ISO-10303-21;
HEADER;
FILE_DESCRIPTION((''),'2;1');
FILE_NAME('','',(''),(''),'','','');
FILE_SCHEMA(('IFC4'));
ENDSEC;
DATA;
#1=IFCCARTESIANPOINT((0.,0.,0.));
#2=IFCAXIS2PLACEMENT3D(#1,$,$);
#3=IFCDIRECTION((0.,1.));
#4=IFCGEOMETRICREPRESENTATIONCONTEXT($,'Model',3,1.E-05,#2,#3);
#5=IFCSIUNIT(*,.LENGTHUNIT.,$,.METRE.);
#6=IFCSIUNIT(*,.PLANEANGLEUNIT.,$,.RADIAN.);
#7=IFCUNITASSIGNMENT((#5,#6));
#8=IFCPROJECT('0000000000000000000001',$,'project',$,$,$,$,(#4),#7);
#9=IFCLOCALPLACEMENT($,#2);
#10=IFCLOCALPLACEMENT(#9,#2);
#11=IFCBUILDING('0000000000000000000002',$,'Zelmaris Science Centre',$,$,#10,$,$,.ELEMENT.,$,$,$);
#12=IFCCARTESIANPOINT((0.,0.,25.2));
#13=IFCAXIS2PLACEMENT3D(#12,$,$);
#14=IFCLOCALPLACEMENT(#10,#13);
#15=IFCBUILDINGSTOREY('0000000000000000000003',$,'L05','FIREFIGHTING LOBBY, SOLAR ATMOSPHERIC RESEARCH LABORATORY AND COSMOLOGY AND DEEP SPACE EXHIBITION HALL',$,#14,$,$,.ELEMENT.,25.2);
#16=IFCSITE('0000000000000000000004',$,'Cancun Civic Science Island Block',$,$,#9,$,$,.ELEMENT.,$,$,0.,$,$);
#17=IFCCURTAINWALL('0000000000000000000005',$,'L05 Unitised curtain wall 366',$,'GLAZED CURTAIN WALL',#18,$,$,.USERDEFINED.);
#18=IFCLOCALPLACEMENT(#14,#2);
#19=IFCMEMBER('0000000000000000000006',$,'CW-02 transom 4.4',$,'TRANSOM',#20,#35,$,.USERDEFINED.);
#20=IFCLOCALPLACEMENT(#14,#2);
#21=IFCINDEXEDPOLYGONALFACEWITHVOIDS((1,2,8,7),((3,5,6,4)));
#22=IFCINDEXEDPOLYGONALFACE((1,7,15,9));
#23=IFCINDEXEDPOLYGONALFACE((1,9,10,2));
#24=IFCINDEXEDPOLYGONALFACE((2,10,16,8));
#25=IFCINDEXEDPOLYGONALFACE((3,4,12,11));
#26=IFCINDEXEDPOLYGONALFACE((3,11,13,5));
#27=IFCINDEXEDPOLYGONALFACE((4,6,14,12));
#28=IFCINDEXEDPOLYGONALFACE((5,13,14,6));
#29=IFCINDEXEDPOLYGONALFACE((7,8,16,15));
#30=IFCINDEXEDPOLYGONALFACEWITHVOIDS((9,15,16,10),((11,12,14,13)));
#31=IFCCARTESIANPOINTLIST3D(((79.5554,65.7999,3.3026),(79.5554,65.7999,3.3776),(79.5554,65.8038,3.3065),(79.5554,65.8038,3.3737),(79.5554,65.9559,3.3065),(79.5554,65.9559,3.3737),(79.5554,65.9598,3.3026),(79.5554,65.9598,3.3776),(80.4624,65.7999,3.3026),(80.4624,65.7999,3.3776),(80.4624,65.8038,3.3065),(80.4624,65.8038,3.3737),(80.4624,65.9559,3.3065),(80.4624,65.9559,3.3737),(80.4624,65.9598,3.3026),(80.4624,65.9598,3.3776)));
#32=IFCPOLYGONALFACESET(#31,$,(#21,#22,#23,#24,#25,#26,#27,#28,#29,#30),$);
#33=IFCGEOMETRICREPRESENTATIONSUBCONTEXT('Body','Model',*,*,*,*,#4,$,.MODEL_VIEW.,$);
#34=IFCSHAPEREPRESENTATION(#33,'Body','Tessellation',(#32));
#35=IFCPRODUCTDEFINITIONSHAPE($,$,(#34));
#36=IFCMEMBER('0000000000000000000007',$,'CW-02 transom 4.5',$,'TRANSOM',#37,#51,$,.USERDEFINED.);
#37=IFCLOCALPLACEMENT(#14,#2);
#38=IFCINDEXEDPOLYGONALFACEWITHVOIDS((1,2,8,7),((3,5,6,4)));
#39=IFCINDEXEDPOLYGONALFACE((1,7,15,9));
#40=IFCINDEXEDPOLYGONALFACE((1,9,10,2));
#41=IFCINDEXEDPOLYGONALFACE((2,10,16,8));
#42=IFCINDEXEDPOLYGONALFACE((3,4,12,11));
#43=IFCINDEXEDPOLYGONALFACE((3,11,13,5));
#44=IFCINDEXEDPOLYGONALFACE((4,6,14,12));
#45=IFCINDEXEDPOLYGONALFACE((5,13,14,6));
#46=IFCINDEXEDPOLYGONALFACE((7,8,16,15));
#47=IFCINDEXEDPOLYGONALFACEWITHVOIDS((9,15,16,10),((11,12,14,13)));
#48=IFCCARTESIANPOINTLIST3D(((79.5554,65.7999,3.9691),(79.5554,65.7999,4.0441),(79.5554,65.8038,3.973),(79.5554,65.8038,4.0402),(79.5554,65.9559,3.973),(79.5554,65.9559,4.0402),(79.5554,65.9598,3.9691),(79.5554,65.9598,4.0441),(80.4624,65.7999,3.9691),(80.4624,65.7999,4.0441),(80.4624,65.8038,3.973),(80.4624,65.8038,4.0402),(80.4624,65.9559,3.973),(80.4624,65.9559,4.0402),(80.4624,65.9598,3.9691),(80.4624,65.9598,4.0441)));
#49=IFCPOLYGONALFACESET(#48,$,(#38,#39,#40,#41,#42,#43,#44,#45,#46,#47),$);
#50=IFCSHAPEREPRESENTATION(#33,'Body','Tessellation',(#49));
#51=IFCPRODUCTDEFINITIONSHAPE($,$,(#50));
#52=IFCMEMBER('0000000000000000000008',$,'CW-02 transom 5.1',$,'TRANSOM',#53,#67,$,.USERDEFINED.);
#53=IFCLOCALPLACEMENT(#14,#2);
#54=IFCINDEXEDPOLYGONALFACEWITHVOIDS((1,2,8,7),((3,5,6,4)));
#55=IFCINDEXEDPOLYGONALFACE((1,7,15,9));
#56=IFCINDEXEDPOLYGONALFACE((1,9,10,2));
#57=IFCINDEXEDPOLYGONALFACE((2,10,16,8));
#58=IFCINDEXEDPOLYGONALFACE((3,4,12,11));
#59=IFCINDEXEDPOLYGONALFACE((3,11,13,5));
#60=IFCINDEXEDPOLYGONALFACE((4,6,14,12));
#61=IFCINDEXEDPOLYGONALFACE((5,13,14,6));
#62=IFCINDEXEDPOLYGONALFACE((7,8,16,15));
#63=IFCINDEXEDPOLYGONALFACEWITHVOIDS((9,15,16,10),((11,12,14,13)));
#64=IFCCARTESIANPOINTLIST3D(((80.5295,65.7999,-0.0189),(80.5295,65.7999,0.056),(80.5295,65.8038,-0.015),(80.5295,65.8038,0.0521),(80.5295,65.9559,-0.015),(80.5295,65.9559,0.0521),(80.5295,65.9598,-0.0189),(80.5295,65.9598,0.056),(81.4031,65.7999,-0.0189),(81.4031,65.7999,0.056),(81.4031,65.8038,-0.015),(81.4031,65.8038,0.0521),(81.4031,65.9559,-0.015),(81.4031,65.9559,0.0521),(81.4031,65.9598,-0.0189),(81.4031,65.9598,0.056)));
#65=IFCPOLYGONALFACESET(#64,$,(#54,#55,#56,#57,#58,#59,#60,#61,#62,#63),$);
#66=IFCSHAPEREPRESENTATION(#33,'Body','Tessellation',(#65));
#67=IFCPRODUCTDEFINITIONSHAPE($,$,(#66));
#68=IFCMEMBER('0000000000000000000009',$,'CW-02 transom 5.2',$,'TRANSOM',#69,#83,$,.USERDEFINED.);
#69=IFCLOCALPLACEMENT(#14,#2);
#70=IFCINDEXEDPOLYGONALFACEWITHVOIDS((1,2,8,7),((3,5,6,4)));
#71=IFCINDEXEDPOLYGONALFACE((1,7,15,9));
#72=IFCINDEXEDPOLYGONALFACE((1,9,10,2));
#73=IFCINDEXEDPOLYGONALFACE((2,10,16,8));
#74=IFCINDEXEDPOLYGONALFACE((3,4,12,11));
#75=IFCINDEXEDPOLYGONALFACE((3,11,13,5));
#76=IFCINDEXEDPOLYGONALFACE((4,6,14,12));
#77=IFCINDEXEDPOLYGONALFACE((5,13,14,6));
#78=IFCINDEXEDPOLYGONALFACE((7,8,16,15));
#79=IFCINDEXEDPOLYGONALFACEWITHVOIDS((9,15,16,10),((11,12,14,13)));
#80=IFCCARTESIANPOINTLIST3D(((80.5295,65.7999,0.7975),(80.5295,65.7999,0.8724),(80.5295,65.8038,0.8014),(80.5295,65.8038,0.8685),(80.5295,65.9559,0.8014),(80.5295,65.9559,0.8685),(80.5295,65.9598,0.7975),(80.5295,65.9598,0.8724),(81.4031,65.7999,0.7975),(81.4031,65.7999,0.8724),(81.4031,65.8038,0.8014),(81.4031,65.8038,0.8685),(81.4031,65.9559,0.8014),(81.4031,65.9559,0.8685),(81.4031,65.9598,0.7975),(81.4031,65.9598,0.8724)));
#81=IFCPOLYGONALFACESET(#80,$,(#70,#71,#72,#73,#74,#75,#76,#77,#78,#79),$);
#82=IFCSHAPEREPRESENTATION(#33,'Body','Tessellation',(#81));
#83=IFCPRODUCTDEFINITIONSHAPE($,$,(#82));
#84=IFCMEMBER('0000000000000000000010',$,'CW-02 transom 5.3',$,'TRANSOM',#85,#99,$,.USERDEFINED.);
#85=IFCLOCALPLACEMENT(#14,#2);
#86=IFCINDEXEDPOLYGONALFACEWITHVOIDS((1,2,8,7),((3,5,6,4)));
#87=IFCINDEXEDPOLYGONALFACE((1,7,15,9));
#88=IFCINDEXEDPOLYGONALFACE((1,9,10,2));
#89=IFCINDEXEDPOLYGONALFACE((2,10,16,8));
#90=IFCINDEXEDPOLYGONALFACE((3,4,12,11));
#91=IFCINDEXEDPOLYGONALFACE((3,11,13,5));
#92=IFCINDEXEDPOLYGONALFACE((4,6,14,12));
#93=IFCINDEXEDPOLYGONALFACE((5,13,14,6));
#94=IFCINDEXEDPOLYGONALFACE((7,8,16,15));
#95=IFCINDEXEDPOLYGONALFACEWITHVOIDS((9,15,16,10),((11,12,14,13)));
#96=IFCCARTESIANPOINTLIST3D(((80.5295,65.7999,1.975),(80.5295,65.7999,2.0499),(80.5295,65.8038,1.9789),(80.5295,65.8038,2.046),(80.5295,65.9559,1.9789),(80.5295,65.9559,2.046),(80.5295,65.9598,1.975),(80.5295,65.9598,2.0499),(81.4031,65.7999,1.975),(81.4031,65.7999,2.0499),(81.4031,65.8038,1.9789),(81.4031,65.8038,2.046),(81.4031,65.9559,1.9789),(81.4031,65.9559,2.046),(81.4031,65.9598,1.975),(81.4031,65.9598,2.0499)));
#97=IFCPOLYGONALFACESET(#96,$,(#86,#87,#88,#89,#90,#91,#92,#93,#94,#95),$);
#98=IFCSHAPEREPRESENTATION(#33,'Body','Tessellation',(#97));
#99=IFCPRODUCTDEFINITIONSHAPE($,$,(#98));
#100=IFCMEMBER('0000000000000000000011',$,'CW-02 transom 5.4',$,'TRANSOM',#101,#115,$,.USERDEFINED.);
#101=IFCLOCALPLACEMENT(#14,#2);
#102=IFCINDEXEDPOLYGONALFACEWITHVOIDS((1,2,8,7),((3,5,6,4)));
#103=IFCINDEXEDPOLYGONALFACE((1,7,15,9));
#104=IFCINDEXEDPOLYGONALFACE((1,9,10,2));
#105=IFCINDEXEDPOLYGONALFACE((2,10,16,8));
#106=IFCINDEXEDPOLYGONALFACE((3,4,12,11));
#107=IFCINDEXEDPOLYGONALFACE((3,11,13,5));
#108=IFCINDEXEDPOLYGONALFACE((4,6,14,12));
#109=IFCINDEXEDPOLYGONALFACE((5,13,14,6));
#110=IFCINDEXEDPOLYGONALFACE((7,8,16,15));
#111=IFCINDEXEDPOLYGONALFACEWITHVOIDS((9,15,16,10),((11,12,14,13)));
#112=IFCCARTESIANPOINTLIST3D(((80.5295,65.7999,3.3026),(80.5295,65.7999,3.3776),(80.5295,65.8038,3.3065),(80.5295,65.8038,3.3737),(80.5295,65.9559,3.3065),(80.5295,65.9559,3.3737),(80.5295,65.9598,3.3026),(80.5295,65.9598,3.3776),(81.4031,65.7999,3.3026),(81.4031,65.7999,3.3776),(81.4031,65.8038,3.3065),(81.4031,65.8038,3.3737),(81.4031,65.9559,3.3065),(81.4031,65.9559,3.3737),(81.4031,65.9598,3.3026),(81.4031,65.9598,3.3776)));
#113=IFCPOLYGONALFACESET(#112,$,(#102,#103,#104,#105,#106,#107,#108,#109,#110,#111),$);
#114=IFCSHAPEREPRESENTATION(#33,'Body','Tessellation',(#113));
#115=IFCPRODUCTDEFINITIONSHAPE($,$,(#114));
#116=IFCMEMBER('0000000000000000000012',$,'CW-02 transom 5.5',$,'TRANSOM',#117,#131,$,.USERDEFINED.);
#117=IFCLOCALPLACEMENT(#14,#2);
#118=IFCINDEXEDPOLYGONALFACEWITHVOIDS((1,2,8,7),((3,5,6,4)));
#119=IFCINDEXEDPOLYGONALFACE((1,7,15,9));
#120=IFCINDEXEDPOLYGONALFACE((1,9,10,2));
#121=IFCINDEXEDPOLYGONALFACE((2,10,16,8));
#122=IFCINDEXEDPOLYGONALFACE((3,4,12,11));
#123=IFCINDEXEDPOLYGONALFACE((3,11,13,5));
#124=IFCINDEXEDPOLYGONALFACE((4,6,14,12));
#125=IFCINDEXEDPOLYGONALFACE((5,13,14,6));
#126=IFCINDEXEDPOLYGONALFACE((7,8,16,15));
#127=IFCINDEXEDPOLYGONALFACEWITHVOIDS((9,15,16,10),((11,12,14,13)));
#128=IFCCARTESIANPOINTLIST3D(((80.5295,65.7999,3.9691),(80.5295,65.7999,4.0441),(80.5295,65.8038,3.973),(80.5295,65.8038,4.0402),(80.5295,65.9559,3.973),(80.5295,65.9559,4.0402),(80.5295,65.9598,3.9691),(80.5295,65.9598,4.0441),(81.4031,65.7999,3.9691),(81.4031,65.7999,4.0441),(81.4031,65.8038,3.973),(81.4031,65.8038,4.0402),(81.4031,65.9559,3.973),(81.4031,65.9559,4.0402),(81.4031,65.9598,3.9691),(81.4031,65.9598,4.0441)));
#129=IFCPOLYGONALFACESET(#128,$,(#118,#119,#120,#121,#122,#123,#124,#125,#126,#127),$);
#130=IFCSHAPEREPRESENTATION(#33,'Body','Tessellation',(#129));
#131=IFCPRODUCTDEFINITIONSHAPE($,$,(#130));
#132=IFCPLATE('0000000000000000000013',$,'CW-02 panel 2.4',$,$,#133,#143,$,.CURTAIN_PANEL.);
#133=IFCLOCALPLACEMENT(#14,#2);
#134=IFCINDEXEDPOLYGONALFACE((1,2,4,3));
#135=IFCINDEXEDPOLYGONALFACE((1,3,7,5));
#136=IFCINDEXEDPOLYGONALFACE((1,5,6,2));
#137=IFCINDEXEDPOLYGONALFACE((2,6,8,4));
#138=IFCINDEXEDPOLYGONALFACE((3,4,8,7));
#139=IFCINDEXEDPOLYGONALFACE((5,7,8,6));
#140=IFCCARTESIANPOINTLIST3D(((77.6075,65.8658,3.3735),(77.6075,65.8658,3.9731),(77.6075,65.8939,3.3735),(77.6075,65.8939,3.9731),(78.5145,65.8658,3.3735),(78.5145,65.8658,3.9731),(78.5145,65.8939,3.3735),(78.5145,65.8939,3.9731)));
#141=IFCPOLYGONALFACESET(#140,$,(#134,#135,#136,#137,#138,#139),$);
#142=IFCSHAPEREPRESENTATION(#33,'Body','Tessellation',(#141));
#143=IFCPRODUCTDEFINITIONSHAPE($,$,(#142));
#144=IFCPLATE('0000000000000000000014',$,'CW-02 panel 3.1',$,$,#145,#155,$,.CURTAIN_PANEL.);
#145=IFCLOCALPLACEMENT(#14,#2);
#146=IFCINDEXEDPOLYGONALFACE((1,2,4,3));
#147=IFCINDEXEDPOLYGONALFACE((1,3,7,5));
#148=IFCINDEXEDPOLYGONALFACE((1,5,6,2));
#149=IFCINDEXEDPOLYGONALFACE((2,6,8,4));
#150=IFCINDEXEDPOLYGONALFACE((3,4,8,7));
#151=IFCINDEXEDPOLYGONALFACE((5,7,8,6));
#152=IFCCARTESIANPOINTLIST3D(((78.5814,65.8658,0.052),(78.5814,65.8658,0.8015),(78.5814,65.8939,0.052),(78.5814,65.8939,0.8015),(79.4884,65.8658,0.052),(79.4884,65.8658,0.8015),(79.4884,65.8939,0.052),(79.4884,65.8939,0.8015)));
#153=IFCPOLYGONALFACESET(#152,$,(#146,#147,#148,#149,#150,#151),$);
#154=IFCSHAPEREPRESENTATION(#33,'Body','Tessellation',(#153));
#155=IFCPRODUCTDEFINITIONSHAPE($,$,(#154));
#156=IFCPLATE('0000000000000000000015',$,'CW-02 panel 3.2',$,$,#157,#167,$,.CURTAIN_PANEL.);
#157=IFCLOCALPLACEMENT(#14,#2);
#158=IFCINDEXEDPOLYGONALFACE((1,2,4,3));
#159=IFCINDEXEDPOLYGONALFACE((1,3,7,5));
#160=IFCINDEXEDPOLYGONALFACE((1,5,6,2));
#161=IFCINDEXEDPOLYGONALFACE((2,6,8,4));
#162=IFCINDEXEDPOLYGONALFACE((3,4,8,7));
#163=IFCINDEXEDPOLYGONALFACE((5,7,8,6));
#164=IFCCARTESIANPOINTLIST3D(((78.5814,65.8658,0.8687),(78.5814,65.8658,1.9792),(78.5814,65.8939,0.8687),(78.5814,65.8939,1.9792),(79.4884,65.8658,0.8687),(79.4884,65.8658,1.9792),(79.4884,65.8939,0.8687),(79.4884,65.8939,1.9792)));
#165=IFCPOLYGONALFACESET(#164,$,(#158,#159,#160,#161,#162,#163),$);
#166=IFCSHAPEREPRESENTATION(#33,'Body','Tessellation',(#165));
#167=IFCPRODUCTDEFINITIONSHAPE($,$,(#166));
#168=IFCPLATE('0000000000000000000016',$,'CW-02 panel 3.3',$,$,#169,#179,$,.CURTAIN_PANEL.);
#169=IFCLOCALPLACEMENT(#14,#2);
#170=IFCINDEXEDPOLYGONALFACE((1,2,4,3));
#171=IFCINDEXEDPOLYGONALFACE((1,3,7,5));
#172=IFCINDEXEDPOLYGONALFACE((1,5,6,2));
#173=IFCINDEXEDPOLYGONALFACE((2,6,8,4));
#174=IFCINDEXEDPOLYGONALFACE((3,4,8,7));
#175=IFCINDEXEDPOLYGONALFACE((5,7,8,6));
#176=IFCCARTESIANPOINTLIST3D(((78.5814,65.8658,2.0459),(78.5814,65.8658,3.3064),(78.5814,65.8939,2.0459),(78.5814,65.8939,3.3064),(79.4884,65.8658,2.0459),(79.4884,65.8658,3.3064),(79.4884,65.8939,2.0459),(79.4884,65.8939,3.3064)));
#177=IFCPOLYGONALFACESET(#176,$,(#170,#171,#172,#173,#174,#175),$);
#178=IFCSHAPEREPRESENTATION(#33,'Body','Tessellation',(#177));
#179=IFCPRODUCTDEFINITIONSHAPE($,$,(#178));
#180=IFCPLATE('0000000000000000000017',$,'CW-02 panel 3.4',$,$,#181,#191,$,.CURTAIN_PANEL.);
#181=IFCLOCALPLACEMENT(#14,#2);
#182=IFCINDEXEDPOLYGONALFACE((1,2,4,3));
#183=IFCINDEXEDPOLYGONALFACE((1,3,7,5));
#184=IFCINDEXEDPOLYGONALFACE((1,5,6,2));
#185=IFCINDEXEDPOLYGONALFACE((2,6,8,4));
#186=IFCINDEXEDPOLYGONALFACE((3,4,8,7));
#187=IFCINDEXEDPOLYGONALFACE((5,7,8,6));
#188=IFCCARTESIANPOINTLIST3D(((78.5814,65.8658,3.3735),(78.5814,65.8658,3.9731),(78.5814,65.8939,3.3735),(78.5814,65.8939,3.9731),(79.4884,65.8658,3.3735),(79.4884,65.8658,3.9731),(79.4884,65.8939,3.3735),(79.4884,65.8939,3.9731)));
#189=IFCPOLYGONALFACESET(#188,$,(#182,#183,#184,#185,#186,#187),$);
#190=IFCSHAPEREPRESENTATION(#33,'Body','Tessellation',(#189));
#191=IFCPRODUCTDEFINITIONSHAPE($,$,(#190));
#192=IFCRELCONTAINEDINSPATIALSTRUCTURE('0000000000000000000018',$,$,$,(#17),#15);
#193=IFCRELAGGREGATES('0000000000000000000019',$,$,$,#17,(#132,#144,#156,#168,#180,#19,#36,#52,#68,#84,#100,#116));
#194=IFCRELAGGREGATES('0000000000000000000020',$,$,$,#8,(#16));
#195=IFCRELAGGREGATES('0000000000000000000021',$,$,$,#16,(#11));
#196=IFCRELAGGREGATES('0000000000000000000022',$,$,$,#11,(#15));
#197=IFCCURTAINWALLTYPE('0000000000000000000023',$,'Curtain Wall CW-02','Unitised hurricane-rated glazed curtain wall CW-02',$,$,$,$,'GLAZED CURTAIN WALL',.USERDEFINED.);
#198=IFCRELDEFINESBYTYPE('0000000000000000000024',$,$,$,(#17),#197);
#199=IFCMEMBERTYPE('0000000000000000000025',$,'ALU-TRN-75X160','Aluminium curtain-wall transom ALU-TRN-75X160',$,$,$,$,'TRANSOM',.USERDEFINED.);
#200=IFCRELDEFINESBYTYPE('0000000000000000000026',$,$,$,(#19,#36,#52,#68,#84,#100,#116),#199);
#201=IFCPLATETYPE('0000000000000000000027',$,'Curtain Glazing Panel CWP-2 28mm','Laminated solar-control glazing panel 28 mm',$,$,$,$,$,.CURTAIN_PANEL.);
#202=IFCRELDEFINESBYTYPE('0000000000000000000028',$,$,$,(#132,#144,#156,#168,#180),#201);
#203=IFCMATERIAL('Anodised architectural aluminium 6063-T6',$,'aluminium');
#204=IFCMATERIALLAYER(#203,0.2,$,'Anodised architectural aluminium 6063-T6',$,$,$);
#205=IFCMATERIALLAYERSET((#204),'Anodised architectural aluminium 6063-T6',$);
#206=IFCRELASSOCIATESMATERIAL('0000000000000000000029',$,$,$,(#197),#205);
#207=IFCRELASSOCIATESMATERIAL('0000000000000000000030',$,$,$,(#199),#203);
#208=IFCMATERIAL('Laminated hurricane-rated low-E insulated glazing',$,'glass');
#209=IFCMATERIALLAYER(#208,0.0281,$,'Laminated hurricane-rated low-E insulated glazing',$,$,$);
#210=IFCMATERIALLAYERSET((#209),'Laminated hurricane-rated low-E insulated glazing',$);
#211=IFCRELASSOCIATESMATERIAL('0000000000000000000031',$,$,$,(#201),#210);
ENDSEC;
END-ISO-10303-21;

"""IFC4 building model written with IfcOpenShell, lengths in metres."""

from ifc_helpers import new_model, si_unit, direction, frame, origin, origin_2d, place, context, subcontext, project, spatial, rectangle, hollow_rectangle, extrude, material, layer, layer_set, material_profile, profile_set, type_object, element, aggregate, save


model = new_model("IFC4")

# Units and contexts
model_context = context("Model", 3, precision=1e-05, world=origin(), true_north=direction((0.0, 1.0)))
body_context = subcontext(model_context, "Body", "Model", "MODEL_VIEW")
ifc_project = project(units=[si_unit("LENGTHUNIT", "METRE"), si_unit("PLANEANGLEUNIT", "RADIAN")], contexts=[model_context])

# Site, building, storey
site_placement = place(None, origin())
site = spatial("IfcSite", under=ifc_project, at=site_placement, Name="Cancun Civic Science Island Block", CompositionType="ELEMENT", RefElevation=0.0)
building_placement = place(site_placement, origin())
building = spatial("IfcBuilding", under=site, at=building_placement, Name="Zelmaris Science Centre", CompositionType="ELEMENT")
storey_placement = place(building_placement, frame((0.0, 0.0, 25.2)))
storey = spatial("IfcBuildingStorey", under=building, at=storey_placement, Name="L05", Description="FIREFIGHTING LOBBY, SOLAR ATMOSPHERIC RESEARCH LABORATORY AND COSMOLOGY AND DEEP SPACE EXHIBITION HALL", CompositionType="ELEMENT", Elevation=25.2)

# Curtain wall, members, plates
ifc_material_1 = material(Name="Anodised architectural aluminium 6063-T6", Category="aluminium")
ifc_layer_1 = layer(ifc_material_1, 0.2, Name="Anodised architectural aluminium 6063-T6")
ifc_layer_set_1 = layer_set([ifc_layer_1], Name="Anodised architectural aluminium 6063-T6")
curtain_wall_type = type_object("IfcCurtainWallType", Name="Curtain Wall CW-02", Description="Unitised hurricane-rated glazed curtain wall CW-02", ElementType="GLAZED CURTAIN WALL", PredefinedType="USERDEFINED", material=ifc_layer_set_1)
curtain_wall_placement = place(storey_placement, origin())
curtain_wall = element("IfcCurtainWall", 1, at=curtain_wall_placement, inside=storey, type_object=curtain_wall_type, Name="L05 Unitised curtain wall 366", ObjectType="GLAZED CURTAIN WALL", PredefinedType="USERDEFINED")
ifc_material_profile_1 = material_profile(ifc_material_1, hollow_rectangle(XDim=0.075, YDim=0.1599, WallThickness=0.0039, at=origin_2d()), Name="ALU-TRN-75X160")
ifc_profile_set_1 = profile_set([ifc_material_profile_1], Name="Anodised architectural aluminium 6063-T6")
member_type_1 = type_object("IfcMemberType", Name="ALU-TRN-75X160", Description="Aluminium curtain-wall transom ALU-TRN-75X160", ElementType="TRANSOM", PredefinedType="USERDEFINED", material=ifc_profile_set_1)
member_1_placement = place(storey_placement, frame((79.5554, 65.8799, 3.3401), z_axis=(1.0, 0.0, 0.0), x_axis=(0.0, 0.0, 1.0)))
member_1 = element("IfcMember", 2, at=member_1_placement, type_object=member_type_1, Name="CW-02 transom 4.4", ObjectType="TRANSOM", PredefinedType="USERDEFINED", context=body_context, shape_type="SweptSolid", body=[
    extrude(hollow_rectangle(XDim=0.075, YDim=0.1599, WallThickness=0.0039, at=origin_2d()), origin(), (0.0, 0.0, 1.0), 0.907),
])
member_2_placement = place(storey_placement, frame((79.5554, 65.8799, 4.0066), z_axis=(1.0, 0.0, 0.0), x_axis=(0.0, 0.0, 1.0)))
member_2 = element("IfcMember", 3, at=member_2_placement, type_object=member_type_1, Name="CW-02 transom 4.5", ObjectType="TRANSOM", PredefinedType="USERDEFINED", context=body_context, shape_type="SweptSolid", body=[
    extrude(hollow_rectangle(XDim=0.075, YDim=0.1599, WallThickness=0.0039, at=origin_2d()), origin(), (0.0, 0.0, 1.0), 0.907),
])
member_3_placement = place(storey_placement, frame((80.5295, 65.8799, 0.0186), z_axis=(1.0, 0.0, 0.0), x_axis=(0.0, 0.0, 1.0)))
member_3 = element("IfcMember", 4, at=member_3_placement, type_object=member_type_1, Name="CW-02 transom 5.1", ObjectType="TRANSOM", PredefinedType="USERDEFINED", context=body_context, shape_type="SweptSolid", body=[
    extrude(hollow_rectangle(XDim=0.075, YDim=0.1599, WallThickness=0.0039, at=origin_2d()), origin(), (0.0, 0.0, 1.0), 0.8735),
])
member_4_placement = place(storey_placement, frame((80.5295, 65.8799, 0.835), z_axis=(1.0, 0.0, 0.0), x_axis=(0.0, 0.0, 1.0)))
member_4 = element("IfcMember", 5, at=member_4_placement, type_object=member_type_1, Name="CW-02 transom 5.2", ObjectType="TRANSOM", PredefinedType="USERDEFINED", context=body_context, shape_type="SweptSolid", body=[
    extrude(hollow_rectangle(XDim=0.075, YDim=0.1599, WallThickness=0.0039, at=origin_2d()), origin(), (0.0, 0.0, 1.0), 0.8735),
])
member_5_placement = place(storey_placement, frame((80.5295, 65.8799, 2.0125), z_axis=(1.0, 0.0, 0.0), x_axis=(0.0, 0.0, 1.0)))
member_5 = element("IfcMember", 6, at=member_5_placement, type_object=member_type_1, Name="CW-02 transom 5.3", ObjectType="TRANSOM", PredefinedType="USERDEFINED", context=body_context, shape_type="SweptSolid", body=[
    extrude(hollow_rectangle(XDim=0.075, YDim=0.1599, WallThickness=0.0039, at=origin_2d()), origin(), (0.0, 0.0, 1.0), 0.8735),
])
member_6_placement = place(storey_placement, frame((80.5295, 65.8799, 3.3401), z_axis=(1.0, 0.0, 0.0), x_axis=(0.0, 0.0, 1.0)))
member_6 = element("IfcMember", 7, at=member_6_placement, type_object=member_type_1, Name="CW-02 transom 5.4", ObjectType="TRANSOM", PredefinedType="USERDEFINED", context=body_context, shape_type="SweptSolid", body=[
    extrude(hollow_rectangle(XDim=0.075, YDim=0.1599, WallThickness=0.0039, at=origin_2d()), origin(), (0.0, 0.0, 1.0), 0.8735),
])
member_7_placement = place(storey_placement, frame((80.5295, 65.8799, 4.0066), z_axis=(1.0, 0.0, 0.0), x_axis=(0.0, 0.0, 1.0)))
member_7 = element("IfcMember", 8, at=member_7_placement, type_object=member_type_1, Name="CW-02 transom 5.5", ObjectType="TRANSOM", PredefinedType="USERDEFINED", context=body_context, shape_type="SweptSolid", body=[
    extrude(hollow_rectangle(XDim=0.075, YDim=0.1599, WallThickness=0.0039, at=origin_2d()), origin(), (0.0, 0.0, 1.0), 0.8735),
])
ifc_material_2 = material(Name="Laminated hurricane-rated low-E insulated glazing", Category="glass")
ifc_layer_2 = layer(ifc_material_2, 0.0281, Name="Laminated hurricane-rated low-E insulated glazing")
ifc_layer_set_2 = layer_set([ifc_layer_2], Name="Laminated hurricane-rated low-E insulated glazing")
plate_type = type_object("IfcPlateType", Name="Curtain Glazing Panel CWP-2 28mm", Description="Laminated solar-control glazing panel 28 mm", PredefinedType="CURTAIN_PANEL", material=ifc_layer_set_2)
plate_1_placement = place(storey_placement, frame((78.061, 65.8799, 3.3735), z_axis=(0.0, 0.0, 1.0), x_axis=(1.0, 0.0, 0.0)))
plate_1 = element("IfcPlate", 9, at=plate_1_placement, type_object=plate_type, Name="CW-02 panel 2.4", PredefinedType="CURTAIN_PANEL", context=body_context, shape_type="SweptSolid", body=[
    extrude(rectangle(XDim=0.907, YDim=0.0281, at=origin_2d()), origin(), (0.0, 0.0, 1.0), 0.5996),
])
plate_2_placement = place(storey_placement, frame((79.0349, 65.8799, 0.052), z_axis=(0.0, 0.0, 1.0), x_axis=(1.0, 0.0, 0.0)))
plate_2 = element("IfcPlate", 10, at=plate_2_placement, type_object=plate_type, Name="CW-02 panel 3.1", PredefinedType="CURTAIN_PANEL", context=body_context, shape_type="SweptSolid", body=[
    extrude(rectangle(XDim=0.907, YDim=0.0281, at=origin_2d()), origin(), (0.0, 0.0, 1.0), 0.7495),
])
plate_3_placement = place(storey_placement, frame((79.0349, 65.8799, 0.8687), z_axis=(0.0, 0.0, 1.0), x_axis=(1.0, 0.0, 0.0)))
plate_3 = element("IfcPlate", 11, at=plate_3_placement, type_object=plate_type, Name="CW-02 panel 3.2", PredefinedType="CURTAIN_PANEL", context=body_context, shape_type="SweptSolid", body=[
    extrude(rectangle(XDim=0.907, YDim=0.0281, at=origin_2d()), origin(), (0.0, 0.0, 1.0), 1.1106),
])
plate_4_placement = place(storey_placement, frame((79.0349, 65.8799, 2.0459), z_axis=(0.0, 0.0, 1.0), x_axis=(1.0, 0.0, 0.0)))
plate_4 = element("IfcPlate", 12, at=plate_4_placement, type_object=plate_type, Name="CW-02 panel 3.3", PredefinedType="CURTAIN_PANEL", context=body_context, shape_type="SweptSolid", body=[
    extrude(rectangle(XDim=0.907, YDim=0.0281, at=origin_2d()), origin(), (0.0, 0.0, 1.0), 1.2605),
])
plate_5_placement = place(storey_placement, frame((79.0349, 65.8799, 3.3735), z_axis=(0.0, 0.0, 1.0), x_axis=(1.0, 0.0, 0.0)))
plate_5 = element("IfcPlate", 13, at=plate_5_placement, type_object=plate_type, Name="CW-02 panel 3.4", PredefinedType="CURTAIN_PANEL", context=body_context, shape_type="SweptSolid", body=[
    extrude(rectangle(XDim=0.907, YDim=0.0281, at=origin_2d()), origin(), (0.0, 0.0, 1.0), 0.5996),
])
aggregate(curtain_wall, [plate_1, plate_2, plate_3, plate_4, plate_5, member_1, member_2, member_3, member_4, member_5, member_6, member_7])

save(model, "model.ifc")
